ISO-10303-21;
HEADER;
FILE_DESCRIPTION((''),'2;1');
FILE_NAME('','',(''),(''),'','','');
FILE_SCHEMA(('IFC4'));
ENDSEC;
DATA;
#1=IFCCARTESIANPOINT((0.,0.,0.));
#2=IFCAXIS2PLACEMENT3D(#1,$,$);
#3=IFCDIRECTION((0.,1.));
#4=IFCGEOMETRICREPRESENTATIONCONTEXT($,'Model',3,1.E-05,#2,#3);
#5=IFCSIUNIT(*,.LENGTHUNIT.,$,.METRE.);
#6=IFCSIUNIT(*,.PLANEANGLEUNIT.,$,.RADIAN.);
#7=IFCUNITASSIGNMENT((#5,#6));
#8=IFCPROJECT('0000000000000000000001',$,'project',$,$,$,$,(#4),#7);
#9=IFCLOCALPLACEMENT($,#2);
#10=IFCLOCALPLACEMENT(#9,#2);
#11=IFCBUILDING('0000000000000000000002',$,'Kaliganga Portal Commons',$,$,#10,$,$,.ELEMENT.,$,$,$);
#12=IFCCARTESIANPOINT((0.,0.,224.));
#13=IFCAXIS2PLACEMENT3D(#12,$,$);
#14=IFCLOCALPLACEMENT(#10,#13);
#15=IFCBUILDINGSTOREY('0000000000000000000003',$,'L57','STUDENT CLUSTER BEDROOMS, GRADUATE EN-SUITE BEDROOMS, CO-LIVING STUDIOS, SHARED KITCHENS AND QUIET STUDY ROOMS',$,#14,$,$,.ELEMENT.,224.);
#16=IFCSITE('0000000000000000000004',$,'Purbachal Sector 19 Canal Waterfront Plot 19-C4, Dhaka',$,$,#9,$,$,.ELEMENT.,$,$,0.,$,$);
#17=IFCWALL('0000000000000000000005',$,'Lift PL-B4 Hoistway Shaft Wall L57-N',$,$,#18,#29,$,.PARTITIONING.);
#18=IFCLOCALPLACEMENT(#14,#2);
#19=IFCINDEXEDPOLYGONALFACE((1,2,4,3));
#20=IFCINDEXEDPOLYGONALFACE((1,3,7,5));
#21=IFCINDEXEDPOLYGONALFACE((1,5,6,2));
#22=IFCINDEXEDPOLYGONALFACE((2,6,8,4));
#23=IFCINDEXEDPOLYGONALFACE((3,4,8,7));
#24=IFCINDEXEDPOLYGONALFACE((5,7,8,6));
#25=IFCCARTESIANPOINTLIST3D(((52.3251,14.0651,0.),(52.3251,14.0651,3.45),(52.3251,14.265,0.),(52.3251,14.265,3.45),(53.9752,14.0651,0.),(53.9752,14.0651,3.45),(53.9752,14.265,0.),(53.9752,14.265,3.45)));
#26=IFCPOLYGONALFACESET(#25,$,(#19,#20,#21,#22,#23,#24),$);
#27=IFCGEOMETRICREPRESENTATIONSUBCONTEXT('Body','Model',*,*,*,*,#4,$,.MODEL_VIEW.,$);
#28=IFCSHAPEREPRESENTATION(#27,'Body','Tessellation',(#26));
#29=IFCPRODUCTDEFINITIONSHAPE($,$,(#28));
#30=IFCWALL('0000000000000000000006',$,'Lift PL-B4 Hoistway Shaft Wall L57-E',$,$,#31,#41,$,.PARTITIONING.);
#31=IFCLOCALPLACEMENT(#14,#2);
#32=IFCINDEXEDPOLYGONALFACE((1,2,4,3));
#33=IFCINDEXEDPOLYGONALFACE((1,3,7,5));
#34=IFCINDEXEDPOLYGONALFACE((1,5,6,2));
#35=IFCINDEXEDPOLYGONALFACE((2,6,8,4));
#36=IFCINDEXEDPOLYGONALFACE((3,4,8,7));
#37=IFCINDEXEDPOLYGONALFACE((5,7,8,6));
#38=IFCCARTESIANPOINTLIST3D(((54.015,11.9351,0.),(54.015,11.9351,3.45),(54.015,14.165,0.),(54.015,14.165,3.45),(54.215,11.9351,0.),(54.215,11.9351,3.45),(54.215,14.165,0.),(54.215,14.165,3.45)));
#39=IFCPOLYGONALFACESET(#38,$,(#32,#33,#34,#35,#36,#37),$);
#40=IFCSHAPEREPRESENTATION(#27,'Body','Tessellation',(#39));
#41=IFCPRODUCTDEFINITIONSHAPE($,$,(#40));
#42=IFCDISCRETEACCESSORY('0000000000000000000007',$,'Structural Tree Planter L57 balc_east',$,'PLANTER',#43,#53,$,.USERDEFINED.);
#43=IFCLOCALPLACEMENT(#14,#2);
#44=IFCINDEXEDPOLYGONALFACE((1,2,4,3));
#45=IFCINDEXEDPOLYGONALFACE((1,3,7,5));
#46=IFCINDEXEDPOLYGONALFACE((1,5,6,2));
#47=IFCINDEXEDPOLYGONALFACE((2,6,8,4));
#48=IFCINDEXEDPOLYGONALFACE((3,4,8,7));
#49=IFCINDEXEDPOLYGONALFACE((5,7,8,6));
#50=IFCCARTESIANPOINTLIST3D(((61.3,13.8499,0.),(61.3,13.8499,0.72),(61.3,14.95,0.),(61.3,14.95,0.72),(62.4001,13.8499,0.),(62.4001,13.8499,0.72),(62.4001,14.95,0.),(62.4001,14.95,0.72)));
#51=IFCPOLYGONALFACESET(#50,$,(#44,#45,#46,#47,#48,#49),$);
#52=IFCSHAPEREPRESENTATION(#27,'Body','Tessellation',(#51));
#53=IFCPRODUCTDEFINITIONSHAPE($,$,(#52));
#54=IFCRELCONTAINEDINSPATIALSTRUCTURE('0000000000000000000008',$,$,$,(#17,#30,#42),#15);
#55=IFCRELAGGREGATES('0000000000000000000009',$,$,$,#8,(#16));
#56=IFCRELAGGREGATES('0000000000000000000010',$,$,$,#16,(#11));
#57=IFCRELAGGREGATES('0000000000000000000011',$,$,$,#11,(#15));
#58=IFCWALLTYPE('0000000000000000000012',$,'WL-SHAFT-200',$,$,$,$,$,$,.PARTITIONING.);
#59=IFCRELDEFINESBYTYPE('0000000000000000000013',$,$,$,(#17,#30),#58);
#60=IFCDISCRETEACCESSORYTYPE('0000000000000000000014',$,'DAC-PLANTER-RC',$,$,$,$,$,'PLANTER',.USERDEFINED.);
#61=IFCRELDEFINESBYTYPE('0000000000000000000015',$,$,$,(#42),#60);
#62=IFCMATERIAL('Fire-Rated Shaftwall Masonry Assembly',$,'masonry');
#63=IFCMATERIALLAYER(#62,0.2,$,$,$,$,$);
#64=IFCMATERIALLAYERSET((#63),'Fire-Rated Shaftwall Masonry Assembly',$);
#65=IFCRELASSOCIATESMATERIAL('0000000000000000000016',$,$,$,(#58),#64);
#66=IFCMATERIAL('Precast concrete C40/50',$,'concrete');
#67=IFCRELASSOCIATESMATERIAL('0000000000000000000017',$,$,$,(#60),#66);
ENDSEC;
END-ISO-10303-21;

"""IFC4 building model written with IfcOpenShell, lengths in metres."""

from ifc_helpers import new_model, si_unit, direction, frame, frame_2d, origin, origin_2d, place, context, subcontext, project, spatial, rectangle, extrude, source, transform, mapped, material, layer, layer_set, type_object, element, save


model = new_model("IFC4")

# Units and contexts
model_context = context("Model", 3, precision=1e-05, world=origin(), true_north=direction((0.0, 1.0)))
body_context = subcontext(model_context, "Body", "Model", "MODEL_VIEW")
ifc_project = project(units=[si_unit("LENGTHUNIT", "METRE"), si_unit("PLANEANGLEUNIT", "RADIAN")], contexts=[model_context])

# Site, building, storey
site_placement = place(None, origin())
site = spatial("IfcSite", under=ifc_project, at=site_placement, Name="Purbachal Sector 19 Canal Waterfront Plot 19-C4, Dhaka", CompositionType="ELEMENT", RefElevation=0.0)
building_placement = place(site_placement, origin())
building = spatial("IfcBuilding", under=site, at=building_placement, Name="Kaliganga Portal Commons", CompositionType="ELEMENT")
storey_placement = place(building_placement, frame((0.0, 0.0, 224.0)))
storey = spatial("IfcBuildingStorey", under=building, at=storey_placement, Name="L57", Description="STUDENT CLUSTER BEDROOMS, GRADUATE EN-SUITE BEDROOMS, CO-LIVING STUDIOS, SHARED KITCHENS AND QUIET STUDY ROOMS", CompositionType="ELEMENT", Elevation=224.0)

# Shared definitions
ifc_material_1 = material(Name="Fire-Rated Shaftwall Masonry Assembly", Category="masonry")
ifc_layer_1 = layer(ifc_material_1, 0.2)
ifc_layer_set_1 = layer_set([ifc_layer_1], Name="Fire-Rated Shaftwall Masonry Assembly")
wall_type_1 = type_object("IfcWallType", Name="WL-SHAFT-200", PredefinedType="PARTITIONING", material=ifc_layer_set_1)

# Walls
wall_1_placement = place(storey_placement, frame((52.325, 14.165, 0.0), z_axis=(0.0, 0.0, 1.0), x_axis=(1.0, 0.0, 0.0)))
element("IfcWall", 1, at=wall_1_placement, inside=storey, type_object=wall_type_1, Name="Lift PL-B4 Hoistway Shaft Wall L57-N", PredefinedType="PARTITIONING", context=body_context, shape_type="SweptSolid", body=[
    extrude(rectangle(XDim=1.6501, YDim=0.2, at=frame_2d((0.8252, 0.0))), origin(), (0.0, 0.0, 1.0), 3.45),
])
wall_2_placement = place(storey_placement, frame((54.115, 11.9351, 0.0), z_axis=(0.0, 0.0, 1.0), x_axis=(0.0, 1.0, 0.0)))
element("IfcWall", 2, at=wall_2_placement, inside=storey, type_object=wall_type_1, Name="Lift PL-B4 Hoistway Shaft Wall L57-E", PredefinedType="PARTITIONING", context=body_context, shape_type="SweptSolid", body=[
    extrude(rectangle(XDim=2.23, YDim=0.2, at=frame_2d((1.115, 0.0))), origin(), (0.0, 0.0, 1.0), 3.45),
])

# Discrete accessory
ifc_material_2 = material(Name="Precast concrete C40/50", Category="concrete")
discrete_accessory_type = type_object("IfcDiscreteAccessoryType", Name="DAC-PLANTER-RC", ElementType="PLANTER", PredefinedType="USERDEFINED", material=ifc_material_2)
shared_shape_1 = source(origin(), body_context, "Body", "SweptSolid", [
    extrude(rectangle(XDim=1.1001, YDim=1.1001, at=origin_2d()), origin(), (0.0, 0.0, 1.0), 0.72),
])
discrete_accessory_placement = place(storey_placement, frame((61.8501, 14.3999, 0.0), z_axis=(0.0, 0.0, 1.0), x_axis=(1.0, 0.0, 0.0)))
element("IfcDiscreteAccessory", 3, at=discrete_accessory_placement, inside=storey, type_object=discrete_accessory_type, Name="Structural Tree Planter L57 balc_east", ObjectType="PLANTER", PredefinedType="USERDEFINED", context=body_context, shape_type="MappedRepresentation", body=[
    mapped(shared_shape_1, transform((0.0, 0.0, 0.0), x_axis=(1.0, 0.0, 0.0), y_axis=(0.0, 1.0, 0.0), z_axis=(0.0, 0.0, 1.0), scale=1.0)),
])

save(model, "model.ifc")
